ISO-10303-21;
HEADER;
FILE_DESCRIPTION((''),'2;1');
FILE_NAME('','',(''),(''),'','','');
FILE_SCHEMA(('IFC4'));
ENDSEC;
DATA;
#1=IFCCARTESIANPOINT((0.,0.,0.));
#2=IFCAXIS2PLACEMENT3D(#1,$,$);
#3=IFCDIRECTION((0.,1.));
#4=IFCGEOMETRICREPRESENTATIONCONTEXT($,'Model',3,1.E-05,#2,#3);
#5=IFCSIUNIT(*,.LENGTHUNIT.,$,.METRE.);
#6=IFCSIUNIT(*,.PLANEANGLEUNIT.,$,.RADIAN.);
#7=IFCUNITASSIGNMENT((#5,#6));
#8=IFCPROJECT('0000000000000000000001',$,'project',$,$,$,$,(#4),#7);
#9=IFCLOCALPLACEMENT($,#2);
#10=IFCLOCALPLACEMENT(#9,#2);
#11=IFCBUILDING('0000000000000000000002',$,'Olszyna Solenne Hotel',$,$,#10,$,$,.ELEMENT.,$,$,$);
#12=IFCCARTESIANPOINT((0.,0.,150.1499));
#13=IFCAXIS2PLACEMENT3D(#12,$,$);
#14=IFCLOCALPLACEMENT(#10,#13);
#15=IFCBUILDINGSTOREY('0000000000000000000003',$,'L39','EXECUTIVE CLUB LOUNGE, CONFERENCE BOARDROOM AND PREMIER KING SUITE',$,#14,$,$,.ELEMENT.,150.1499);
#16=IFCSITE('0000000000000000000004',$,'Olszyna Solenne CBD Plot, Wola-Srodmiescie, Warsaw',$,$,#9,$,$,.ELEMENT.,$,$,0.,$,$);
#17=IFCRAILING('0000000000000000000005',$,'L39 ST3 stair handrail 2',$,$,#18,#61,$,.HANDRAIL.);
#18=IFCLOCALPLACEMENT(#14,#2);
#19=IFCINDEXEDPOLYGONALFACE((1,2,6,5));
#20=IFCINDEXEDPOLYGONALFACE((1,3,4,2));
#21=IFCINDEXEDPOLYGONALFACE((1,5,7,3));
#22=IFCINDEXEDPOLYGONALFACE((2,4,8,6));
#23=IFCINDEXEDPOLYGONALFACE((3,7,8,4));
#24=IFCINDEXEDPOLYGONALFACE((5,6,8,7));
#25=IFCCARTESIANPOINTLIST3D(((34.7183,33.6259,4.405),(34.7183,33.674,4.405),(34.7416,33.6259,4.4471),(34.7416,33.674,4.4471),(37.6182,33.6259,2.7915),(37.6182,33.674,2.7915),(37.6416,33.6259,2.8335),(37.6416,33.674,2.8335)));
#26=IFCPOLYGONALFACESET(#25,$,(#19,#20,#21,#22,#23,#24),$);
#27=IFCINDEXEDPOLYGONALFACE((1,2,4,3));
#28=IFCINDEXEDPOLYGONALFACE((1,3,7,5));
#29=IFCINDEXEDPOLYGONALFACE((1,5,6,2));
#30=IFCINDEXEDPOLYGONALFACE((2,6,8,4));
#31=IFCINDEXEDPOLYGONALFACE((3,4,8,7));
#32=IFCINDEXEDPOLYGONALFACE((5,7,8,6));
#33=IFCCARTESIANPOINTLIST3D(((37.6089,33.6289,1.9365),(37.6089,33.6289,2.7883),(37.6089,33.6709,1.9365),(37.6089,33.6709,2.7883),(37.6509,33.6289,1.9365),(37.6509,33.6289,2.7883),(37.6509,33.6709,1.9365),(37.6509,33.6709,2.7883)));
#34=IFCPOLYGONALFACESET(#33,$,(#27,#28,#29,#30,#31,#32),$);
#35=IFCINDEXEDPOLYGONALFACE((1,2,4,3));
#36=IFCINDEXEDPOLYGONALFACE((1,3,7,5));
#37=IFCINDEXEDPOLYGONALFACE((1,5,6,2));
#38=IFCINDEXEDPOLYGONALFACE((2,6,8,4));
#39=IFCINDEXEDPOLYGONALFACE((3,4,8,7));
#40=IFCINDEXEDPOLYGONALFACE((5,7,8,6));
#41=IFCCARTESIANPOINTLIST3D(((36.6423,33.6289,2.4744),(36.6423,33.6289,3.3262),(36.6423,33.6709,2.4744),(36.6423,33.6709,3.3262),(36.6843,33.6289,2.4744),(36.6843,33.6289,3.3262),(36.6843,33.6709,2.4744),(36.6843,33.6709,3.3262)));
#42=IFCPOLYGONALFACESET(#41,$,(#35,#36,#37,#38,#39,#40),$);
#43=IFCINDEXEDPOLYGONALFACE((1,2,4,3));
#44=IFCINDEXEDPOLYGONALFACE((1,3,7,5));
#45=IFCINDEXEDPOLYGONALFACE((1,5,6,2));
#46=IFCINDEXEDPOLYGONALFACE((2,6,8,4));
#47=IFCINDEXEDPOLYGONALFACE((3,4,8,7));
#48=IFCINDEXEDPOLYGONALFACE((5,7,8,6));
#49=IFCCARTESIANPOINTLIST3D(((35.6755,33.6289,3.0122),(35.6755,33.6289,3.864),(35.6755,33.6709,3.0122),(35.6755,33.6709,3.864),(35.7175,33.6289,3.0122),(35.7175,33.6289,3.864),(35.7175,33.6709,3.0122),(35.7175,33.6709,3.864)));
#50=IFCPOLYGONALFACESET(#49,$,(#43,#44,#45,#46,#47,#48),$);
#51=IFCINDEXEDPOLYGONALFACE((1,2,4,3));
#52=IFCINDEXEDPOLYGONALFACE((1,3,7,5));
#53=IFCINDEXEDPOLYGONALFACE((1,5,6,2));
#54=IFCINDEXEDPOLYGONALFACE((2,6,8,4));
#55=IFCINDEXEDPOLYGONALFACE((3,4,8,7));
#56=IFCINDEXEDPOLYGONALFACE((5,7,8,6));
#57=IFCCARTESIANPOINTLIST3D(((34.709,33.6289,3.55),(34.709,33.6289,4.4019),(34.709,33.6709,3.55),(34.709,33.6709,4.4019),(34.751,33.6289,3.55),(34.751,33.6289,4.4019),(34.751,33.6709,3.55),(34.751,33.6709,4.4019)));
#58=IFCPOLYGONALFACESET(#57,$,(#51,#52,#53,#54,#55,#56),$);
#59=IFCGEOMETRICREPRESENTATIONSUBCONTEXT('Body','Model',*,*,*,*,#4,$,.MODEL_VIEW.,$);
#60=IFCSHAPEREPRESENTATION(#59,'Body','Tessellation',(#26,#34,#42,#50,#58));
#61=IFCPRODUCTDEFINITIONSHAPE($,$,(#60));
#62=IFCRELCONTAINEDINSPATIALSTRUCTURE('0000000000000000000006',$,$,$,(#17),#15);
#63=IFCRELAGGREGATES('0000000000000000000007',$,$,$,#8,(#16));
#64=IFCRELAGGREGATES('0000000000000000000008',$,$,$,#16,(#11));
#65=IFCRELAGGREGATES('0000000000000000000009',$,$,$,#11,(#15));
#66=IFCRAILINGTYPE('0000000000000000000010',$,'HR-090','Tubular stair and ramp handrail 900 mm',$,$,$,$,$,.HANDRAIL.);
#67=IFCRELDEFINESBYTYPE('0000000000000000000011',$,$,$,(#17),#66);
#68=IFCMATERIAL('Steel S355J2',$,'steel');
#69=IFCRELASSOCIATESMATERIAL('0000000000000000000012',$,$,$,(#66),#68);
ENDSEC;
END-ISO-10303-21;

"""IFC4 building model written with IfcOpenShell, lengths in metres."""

from ifc_helpers import new_model, si_unit, direction, frame, origin, origin_2d, place, context, subcontext, project, spatial, rectangle, extrude, material, type_object, element, save


model = new_model("IFC4")

# Units and contexts
model_context = context("Model", 3, precision=1e-05, world=origin(), true_north=direction((0.0, 1.0)))
body_context = subcontext(model_context, "Body", "Model", "MODEL_VIEW")
ifc_project = project(units=[si_unit("LENGTHUNIT", "METRE"), si_unit("PLANEANGLEUNIT", "RADIAN")], contexts=[model_context])

# Site, building, storey
site_placement = place(None, origin())
site = spatial("IfcSite", under=ifc_project, at=site_placement, Name="Olszyna Solenne CBD Plot, Wola-Srodmiescie, Warsaw", CompositionType="ELEMENT", RefElevation=0.0)
building_placement = place(site_placement, origin())
building = spatial("IfcBuilding", under=site, at=building_placement, Name="Olszyna Solenne Hotel", CompositionType="ELEMENT")
storey_placement = place(building_placement, frame((0.0, 0.0, 150.1499)))
storey = spatial("IfcBuildingStorey", under=building, at=storey_placement, Name="L39", Description="EXECUTIVE CLUB LOUNGE, CONFERENCE BOARDROOM AND PREMIER KING SUITE", CompositionType="ELEMENT", Elevation=150.1499)

# Shared definitions
ifc_material_1 = material(Name="Steel S355J2", Category="steel")

# Railing
railing_type_1 = type_object("IfcRailingType", Name="HR-090", Description="Tubular stair and ramp handrail 900 mm", PredefinedType="HANDRAIL", material=ifc_material_1)
railing_1_placement = place(storey_placement, frame((37.6299, 33.6499, 1.9365)))
element("IfcRailing", 1, at=railing_1_placement, inside=storey, type_object=railing_type_1, Name="L39 ST3 stair handrail 2", PredefinedType="HANDRAIL", context=body_context, shape_type="SweptSolid", body=[
    extrude(rectangle(XDim=0.0481, YDim=0.0481, at=origin_2d()), frame((0.0, 0.0, 0.876), z_axis=(-0.873841, 0.0, 0.486211), x_axis=(0.0, -1.0, 0.0)), (0.0, 0.0, 1.0), 3.3186),
    extrude(rectangle(XDim=0.042, YDim=0.042, at=origin_2d()), origin(), (0.0, 0.0, 1.0), 0.8518),
    extrude(rectangle(XDim=0.042, YDim=0.042, at=origin_2d()), frame((-0.9666, 0.0, 0.5378)), (0.0, 0.0, 1.0), 0.8518),
    extrude(rectangle(XDim=0.042, YDim=0.042, at=origin_2d()), frame((-1.9333, 0.0, 1.0757)), (0.0, 0.0, 1.0), 0.8518),
    extrude(rectangle(XDim=0.042, YDim=0.042, at=origin_2d()), frame((-2.8999, 0.0, 1.6135)), (0.0, 0.0, 1.0), 0.8518),
])

save(model, "model.ifc")
